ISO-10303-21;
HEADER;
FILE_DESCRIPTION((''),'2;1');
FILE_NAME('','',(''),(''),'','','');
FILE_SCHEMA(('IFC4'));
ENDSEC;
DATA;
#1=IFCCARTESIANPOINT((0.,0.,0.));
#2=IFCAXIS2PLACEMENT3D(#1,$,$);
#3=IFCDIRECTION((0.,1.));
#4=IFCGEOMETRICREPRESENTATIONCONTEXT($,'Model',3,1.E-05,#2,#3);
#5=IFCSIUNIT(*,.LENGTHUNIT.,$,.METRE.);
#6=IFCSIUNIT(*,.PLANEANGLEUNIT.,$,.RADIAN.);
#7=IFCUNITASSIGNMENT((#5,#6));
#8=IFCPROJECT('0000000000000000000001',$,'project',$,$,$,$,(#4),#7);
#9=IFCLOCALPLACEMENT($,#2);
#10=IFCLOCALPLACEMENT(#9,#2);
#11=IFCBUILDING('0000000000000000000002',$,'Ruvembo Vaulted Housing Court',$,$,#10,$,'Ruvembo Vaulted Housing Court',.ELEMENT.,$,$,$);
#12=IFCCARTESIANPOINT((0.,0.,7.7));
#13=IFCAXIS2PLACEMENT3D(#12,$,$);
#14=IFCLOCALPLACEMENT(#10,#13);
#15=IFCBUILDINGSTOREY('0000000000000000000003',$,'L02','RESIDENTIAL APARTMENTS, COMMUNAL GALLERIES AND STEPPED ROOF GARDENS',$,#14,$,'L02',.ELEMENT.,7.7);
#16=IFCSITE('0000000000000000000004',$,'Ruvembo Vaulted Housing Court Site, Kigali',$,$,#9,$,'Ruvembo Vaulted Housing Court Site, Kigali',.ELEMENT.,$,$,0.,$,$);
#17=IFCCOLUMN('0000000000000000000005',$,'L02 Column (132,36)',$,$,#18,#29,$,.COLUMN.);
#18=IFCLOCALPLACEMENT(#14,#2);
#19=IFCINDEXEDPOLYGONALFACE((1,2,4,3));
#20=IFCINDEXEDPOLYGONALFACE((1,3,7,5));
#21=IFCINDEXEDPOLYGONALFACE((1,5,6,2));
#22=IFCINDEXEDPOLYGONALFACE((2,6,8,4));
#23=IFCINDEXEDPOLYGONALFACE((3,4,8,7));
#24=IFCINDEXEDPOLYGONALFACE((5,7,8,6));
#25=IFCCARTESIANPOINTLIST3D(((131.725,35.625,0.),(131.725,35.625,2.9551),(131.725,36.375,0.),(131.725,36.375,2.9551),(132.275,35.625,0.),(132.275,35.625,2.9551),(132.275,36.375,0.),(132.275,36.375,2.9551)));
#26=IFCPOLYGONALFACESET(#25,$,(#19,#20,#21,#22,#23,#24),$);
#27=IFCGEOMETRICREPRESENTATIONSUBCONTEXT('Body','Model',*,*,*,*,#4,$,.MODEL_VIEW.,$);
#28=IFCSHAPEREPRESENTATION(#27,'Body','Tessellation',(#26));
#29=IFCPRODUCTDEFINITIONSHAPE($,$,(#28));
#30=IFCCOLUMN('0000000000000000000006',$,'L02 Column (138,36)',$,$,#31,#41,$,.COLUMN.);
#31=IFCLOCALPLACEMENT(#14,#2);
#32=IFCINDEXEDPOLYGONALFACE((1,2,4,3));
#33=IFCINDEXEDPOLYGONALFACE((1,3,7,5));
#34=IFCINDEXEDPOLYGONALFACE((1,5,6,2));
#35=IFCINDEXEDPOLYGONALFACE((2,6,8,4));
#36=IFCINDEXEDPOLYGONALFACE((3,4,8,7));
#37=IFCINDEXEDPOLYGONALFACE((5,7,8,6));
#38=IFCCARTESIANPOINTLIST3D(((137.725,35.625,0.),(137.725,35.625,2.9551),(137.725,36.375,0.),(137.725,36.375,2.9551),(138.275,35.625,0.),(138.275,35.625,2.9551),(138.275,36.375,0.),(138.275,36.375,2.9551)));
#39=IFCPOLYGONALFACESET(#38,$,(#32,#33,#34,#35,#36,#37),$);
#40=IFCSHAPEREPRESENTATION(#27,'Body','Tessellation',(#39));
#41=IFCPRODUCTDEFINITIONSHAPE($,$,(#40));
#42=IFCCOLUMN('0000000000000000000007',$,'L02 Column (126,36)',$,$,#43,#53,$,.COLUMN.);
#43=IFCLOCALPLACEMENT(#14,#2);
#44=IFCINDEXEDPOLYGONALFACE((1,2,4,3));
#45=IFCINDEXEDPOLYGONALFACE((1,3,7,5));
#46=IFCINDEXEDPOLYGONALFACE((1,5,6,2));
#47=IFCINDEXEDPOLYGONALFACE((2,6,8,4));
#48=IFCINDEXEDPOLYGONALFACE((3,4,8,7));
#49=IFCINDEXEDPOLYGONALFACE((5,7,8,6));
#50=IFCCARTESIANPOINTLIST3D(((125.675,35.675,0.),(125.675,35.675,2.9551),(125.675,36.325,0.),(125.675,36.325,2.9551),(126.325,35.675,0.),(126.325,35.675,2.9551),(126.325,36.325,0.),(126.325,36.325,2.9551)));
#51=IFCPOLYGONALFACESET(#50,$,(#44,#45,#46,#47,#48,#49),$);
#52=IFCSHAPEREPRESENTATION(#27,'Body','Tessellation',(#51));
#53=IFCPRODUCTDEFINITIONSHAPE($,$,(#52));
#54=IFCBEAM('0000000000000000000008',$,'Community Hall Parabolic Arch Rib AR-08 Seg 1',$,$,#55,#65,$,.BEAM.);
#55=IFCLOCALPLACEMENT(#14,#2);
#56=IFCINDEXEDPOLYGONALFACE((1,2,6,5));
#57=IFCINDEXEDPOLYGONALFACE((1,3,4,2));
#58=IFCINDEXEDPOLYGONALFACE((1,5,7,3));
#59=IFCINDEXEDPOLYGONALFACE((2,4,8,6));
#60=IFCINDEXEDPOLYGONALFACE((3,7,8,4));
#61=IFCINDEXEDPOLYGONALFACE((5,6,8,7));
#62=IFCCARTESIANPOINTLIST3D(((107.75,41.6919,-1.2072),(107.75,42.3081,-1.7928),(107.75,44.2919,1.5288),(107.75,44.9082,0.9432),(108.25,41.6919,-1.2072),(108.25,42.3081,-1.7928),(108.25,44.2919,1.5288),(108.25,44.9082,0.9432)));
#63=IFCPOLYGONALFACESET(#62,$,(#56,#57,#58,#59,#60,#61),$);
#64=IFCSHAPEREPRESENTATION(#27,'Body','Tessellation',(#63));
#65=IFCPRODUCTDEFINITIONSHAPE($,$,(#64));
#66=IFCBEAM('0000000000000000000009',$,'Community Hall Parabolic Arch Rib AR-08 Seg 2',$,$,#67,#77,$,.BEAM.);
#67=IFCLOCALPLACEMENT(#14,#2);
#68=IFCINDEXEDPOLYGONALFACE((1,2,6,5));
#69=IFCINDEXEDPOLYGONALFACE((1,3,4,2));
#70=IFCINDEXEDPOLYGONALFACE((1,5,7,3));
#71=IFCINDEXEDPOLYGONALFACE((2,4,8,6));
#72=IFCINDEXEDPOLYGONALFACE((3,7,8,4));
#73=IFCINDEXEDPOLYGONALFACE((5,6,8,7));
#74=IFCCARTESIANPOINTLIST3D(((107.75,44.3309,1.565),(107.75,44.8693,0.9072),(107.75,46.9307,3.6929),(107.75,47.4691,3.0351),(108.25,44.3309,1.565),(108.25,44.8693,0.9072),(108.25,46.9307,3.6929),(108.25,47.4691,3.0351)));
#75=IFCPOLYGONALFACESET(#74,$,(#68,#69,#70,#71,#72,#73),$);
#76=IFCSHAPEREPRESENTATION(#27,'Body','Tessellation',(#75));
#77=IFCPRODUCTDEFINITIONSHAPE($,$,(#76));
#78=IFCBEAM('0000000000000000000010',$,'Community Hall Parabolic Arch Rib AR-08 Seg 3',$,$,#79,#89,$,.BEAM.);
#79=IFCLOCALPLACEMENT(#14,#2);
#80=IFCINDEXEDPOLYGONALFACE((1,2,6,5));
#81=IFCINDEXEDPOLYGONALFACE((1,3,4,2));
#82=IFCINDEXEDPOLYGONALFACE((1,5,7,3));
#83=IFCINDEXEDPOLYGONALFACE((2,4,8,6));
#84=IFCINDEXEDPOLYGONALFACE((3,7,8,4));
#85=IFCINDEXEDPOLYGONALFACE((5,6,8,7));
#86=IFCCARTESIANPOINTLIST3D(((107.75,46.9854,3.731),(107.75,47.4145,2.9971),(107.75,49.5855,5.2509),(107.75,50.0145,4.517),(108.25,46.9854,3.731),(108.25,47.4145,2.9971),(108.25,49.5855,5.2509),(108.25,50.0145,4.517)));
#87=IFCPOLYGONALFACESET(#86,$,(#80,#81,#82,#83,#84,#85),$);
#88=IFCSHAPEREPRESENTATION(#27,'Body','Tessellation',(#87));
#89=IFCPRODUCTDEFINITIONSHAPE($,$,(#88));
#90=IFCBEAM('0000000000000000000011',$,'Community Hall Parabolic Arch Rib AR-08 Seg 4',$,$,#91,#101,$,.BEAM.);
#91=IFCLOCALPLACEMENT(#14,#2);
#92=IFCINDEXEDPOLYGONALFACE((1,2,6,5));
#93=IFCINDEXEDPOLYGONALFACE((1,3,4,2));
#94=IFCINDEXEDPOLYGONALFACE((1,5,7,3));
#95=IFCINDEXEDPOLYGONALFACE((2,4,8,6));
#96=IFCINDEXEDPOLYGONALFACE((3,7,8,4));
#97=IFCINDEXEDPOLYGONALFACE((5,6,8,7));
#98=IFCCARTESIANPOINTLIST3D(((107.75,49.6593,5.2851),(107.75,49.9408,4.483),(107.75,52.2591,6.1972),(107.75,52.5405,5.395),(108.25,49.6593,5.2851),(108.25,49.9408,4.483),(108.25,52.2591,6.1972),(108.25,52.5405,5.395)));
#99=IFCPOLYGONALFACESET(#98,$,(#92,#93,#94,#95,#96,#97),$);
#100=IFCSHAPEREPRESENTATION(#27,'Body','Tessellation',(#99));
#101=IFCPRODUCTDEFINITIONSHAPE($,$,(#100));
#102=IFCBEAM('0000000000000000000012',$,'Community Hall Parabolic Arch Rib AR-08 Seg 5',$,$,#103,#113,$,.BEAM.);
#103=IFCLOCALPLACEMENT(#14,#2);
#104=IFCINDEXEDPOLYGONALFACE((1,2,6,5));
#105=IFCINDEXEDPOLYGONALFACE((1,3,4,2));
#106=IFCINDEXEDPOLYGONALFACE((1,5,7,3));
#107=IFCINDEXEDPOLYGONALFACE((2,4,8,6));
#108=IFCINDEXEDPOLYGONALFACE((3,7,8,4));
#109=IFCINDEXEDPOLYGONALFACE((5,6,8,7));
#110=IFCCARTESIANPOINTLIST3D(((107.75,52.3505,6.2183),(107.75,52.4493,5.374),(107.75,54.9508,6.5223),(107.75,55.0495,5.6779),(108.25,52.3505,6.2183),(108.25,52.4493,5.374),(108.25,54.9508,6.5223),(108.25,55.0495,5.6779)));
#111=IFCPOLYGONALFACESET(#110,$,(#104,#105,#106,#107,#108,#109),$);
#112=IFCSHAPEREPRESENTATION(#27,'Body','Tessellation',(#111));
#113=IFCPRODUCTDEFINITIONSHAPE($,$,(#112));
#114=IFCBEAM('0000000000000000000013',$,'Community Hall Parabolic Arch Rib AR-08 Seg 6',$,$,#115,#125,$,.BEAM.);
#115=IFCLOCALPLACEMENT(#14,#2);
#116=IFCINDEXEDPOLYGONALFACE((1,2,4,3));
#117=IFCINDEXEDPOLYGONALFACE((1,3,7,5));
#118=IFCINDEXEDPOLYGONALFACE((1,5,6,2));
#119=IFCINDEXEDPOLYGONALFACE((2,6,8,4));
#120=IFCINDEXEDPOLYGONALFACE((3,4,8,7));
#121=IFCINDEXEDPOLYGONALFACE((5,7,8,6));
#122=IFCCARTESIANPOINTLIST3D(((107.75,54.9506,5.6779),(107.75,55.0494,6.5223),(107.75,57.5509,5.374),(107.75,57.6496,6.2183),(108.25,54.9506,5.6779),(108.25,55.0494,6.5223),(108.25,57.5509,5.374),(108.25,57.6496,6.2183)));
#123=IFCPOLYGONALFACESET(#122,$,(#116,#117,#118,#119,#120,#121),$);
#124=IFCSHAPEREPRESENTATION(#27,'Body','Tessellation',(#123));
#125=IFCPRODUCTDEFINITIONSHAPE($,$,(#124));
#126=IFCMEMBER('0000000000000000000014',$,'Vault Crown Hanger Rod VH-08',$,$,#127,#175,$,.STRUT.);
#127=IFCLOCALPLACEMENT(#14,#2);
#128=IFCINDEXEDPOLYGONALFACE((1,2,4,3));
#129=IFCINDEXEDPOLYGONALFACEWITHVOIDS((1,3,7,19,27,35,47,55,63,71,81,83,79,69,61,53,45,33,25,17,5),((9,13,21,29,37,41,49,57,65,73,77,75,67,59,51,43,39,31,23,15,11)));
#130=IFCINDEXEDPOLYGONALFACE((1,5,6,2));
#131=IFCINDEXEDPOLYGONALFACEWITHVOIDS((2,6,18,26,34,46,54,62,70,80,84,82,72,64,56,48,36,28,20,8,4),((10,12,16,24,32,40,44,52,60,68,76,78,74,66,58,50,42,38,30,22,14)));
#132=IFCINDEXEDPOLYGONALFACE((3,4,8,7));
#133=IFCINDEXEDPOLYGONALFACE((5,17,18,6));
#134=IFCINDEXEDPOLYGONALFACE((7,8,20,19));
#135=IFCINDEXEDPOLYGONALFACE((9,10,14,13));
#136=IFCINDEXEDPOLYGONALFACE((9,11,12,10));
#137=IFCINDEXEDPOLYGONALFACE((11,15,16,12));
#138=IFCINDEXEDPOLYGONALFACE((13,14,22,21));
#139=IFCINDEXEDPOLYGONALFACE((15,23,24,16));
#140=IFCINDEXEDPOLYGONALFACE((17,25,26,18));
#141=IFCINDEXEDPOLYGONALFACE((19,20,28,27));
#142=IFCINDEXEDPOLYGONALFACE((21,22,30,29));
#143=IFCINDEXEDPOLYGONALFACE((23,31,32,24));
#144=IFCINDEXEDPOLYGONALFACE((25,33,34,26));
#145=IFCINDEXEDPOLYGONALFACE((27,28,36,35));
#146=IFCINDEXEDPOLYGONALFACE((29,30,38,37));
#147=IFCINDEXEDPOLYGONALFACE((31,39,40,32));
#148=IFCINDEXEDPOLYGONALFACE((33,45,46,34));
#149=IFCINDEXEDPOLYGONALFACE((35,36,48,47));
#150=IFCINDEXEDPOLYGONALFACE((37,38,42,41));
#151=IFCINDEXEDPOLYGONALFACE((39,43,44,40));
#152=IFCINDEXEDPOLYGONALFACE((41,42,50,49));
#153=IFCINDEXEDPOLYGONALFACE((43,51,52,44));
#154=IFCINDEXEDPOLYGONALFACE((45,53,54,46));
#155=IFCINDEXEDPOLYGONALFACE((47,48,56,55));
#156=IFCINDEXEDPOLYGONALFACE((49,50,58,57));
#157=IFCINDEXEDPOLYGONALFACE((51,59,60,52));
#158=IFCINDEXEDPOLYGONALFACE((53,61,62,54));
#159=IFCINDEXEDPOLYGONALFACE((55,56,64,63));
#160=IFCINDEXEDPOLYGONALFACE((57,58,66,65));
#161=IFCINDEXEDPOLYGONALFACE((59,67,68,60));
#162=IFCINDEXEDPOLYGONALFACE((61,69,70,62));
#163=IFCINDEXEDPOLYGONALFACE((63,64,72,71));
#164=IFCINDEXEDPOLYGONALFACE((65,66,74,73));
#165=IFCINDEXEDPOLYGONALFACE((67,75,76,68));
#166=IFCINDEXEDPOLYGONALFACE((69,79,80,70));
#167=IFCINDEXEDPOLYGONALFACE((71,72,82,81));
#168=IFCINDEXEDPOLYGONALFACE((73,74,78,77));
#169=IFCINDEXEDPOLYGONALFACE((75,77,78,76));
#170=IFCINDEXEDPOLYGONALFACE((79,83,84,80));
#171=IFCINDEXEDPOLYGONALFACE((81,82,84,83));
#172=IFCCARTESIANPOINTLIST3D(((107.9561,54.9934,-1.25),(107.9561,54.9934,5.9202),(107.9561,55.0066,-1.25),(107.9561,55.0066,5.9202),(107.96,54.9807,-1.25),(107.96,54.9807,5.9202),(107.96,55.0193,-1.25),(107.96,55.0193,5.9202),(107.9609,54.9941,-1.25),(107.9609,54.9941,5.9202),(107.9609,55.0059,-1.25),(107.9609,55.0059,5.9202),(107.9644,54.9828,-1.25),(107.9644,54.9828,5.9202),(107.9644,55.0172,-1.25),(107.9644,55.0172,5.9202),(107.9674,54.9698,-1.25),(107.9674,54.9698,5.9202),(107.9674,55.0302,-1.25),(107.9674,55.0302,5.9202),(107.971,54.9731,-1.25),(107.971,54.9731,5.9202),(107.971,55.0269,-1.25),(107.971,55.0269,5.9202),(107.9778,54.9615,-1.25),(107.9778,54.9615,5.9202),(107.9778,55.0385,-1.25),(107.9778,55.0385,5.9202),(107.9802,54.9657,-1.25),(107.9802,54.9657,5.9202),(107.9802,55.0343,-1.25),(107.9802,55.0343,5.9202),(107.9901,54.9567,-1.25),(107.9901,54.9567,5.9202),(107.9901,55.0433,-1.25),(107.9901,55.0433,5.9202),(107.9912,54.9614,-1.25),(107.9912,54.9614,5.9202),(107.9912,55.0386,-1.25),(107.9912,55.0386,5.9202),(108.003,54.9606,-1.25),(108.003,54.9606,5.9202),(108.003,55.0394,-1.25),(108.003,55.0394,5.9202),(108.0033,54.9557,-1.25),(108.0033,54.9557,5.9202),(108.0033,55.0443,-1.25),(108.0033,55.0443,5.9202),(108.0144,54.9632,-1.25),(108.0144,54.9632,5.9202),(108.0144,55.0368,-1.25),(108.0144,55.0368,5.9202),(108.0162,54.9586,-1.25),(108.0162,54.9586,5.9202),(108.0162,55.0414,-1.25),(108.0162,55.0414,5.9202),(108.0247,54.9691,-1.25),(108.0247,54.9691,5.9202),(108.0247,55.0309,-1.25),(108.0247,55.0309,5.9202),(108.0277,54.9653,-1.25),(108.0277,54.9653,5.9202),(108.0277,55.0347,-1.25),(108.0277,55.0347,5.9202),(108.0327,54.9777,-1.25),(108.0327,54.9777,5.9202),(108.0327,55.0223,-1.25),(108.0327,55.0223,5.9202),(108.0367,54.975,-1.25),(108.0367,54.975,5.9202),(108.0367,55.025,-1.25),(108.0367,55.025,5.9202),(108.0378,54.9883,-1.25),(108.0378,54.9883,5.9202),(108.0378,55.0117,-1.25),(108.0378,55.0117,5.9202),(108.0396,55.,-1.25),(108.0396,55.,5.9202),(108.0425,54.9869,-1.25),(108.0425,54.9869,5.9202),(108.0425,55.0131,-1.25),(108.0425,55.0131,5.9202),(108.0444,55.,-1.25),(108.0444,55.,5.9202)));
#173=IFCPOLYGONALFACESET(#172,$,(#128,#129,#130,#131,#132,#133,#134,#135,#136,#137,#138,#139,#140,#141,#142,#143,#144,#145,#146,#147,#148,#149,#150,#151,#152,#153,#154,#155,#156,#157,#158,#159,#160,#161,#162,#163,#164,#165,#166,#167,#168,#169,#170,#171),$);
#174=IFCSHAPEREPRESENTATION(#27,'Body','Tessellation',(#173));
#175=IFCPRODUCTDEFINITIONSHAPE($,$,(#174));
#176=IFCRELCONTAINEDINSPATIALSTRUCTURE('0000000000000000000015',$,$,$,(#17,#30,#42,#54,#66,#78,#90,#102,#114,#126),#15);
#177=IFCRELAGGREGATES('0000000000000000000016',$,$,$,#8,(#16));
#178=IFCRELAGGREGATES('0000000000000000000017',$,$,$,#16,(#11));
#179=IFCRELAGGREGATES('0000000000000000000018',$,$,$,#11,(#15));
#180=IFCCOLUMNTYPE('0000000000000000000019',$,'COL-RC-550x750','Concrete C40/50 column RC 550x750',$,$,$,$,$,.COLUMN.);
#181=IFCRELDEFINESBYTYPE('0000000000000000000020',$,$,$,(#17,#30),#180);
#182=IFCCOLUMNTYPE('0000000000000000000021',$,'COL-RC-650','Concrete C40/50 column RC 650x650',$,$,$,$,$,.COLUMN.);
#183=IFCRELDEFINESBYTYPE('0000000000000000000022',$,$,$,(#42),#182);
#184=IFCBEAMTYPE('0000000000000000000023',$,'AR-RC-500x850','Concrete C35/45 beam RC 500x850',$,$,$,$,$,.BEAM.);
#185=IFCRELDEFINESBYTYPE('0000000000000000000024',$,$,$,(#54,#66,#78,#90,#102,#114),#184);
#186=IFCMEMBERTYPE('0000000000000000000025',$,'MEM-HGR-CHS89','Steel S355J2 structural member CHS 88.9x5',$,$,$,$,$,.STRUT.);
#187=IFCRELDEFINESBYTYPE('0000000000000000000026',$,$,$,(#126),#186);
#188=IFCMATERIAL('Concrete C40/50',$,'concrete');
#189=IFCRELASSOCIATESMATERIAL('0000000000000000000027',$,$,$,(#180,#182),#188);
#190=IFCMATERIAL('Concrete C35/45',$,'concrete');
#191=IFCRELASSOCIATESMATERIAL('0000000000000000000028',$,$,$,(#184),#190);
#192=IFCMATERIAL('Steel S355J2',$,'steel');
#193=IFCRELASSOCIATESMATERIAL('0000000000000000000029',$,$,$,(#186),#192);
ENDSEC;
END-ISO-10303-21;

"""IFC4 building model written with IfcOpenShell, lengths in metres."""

from ifc_helpers import new_model, si_unit, direction, frame, origin, origin_2d, place, context, subcontext, project, spatial, rectangle, hollow_circle, extrude, material, material_profile, profile_set, type_object, element, save


model = new_model("IFC4")

# Units and contexts
model_context = context("Model", 3, precision=1e-05, world=origin(), true_north=direction((0.0, 1.0)))
body_context = subcontext(model_context, "Body", "Model", "MODEL_VIEW")
ifc_project = project(units=[si_unit("LENGTHUNIT", "METRE"), si_unit("PLANEANGLEUNIT", "RADIAN")], contexts=[model_context])

# Site, building, storey
site_placement = place(None, origin())
site = spatial("IfcSite", under=ifc_project, at=site_placement, Name="Ruvembo Vaulted Housing Court Site, Kigali", LongName="Ruvembo Vaulted Housing Court Site, Kigali", CompositionType="ELEMENT", RefElevation=0.0)
building_placement = place(site_placement, origin())
building = spatial("IfcBuilding", under=site, at=building_placement, Name="Ruvembo Vaulted Housing Court", LongName="Ruvembo Vaulted Housing Court", CompositionType="ELEMENT")
storey_placement = place(building_placement, frame((0.0, 0.0, 7.7)))
storey = spatial("IfcBuildingStorey", under=building, at=storey_placement, Name="L02", Description="RESIDENTIAL APARTMENTS, COMMUNAL GALLERIES AND STEPPED ROOF GARDENS", LongName="L02", CompositionType="ELEMENT", Elevation=7.7)

# Columns
ifc_material_1 = material(Name="Concrete C40/50", Category="concrete")
ifc_material_profile_1 = material_profile(ifc_material_1, rectangle(XDim=0.55, YDim=0.75, at=origin_2d()), Name="RC 550x750")
ifc_profile_set_1 = profile_set([ifc_material_profile_1], Name="Concrete C40/50")
column_type_1 = type_object("IfcColumnType", Name="COL-RC-550x750", Description="Concrete C40/50 column RC 550x750", PredefinedType="COLUMN", material=ifc_profile_set_1)
for number, where, z_axis, x_axis, name in (
    (1, (132.0, 36.0, 0.0), (0.0, 0.0, 1.0), (1.0, 0.0, 0.0), "L02 Column (132,36)"),
    (2, (138.0, 36.0, 0.0), (0.0, 0.0, 1.0), (1.0, 0.0, 0.0), "L02 Column (138,36)"),
):
    element("IfcColumn", number, at=place(storey_placement, frame(where, z_axis=z_axis, x_axis=x_axis)), inside=storey, type_object=column_type_1, Name=name, PredefinedType="COLUMN", context=body_context, shape_type="SweptSolid", body=[
        extrude(rectangle(XDim=0.55, YDim=0.75, at=origin_2d()), origin(), (0.0, 0.0, 1.0), 2.9551),
    ])
ifc_material_profile_2 = material_profile(ifc_material_1, rectangle(XDim=0.6499, YDim=0.6499, at=origin_2d()), Name="RC 650x650")
ifc_profile_set_2 = profile_set([ifc_material_profile_2], Name="Concrete C40/50")
column_type_2 = type_object("IfcColumnType", Name="COL-RC-650", Description="Concrete C40/50 column RC 650x650", PredefinedType="COLUMN", material=ifc_profile_set_2)
column_placement = place(storey_placement, frame((126.0, 36.0, 0.0), z_axis=(0.0, 0.0, 1.0), x_axis=(1.0, 0.0, 0.0)))
element("IfcColumn", 3, at=column_placement, inside=storey, type_object=column_type_2, Name="L02 Column (126,36)", PredefinedType="COLUMN", context=body_context, shape_type="SweptSolid", body=[
    extrude(rectangle(XDim=0.6499, YDim=0.6499, at=origin_2d()), origin(), (0.0, 0.0, 1.0), 2.9551),
])

# Beams
ifc_material_2 = material(Name="Concrete C35/45", Category="concrete")
ifc_material_profile_3 = material_profile(ifc_material_2, rectangle(XDim=0.5, YDim=0.8501, at=origin_2d()), Name="RC 500x850")
ifc_profile_set_3 = profile_set([ifc_material_profile_3], Name="Concrete C35/45")
beam_type_1 = type_object("IfcBeamType", Name="AR-RC-500x850", Description="Concrete C35/45 beam RC 500x850", PredefinedType="BEAM", material=ifc_profile_set_3)
beam_1_placement = place(storey_placement, frame((108.0, 42.0, -1.5), z_axis=(0.0, 0.688863, 0.724891), x_axis=(-1.0, 0.0, 0.0)))
element("IfcBeam", 4, at=beam_1_placement, inside=storey, type_object=beam_type_1, Name="Community Hall Parabolic Arch Rib AR-08 Seg 1", PredefinedType="BEAM", context=body_context, shape_type="SweptSolid", body=[
    extrude(rectangle(XDim=0.5, YDim=0.8501, at=origin_2d()), origin(), (0.0, 0.0, 1.0), 3.7744),
])
beam_2_placement = place(storey_placement, frame((108.0, 44.6001, 1.2361), z_axis=(0.0, 0.773844, 0.633376), x_axis=(-1.0, 0.0, 0.0)))
element("IfcBeam", 5, at=beam_2_placement, inside=storey, type_object=beam_type_1, Name="Community Hall Parabolic Arch Rib AR-08 Seg 2", PredefinedType="BEAM", context=body_context, shape_type="SweptSolid", body=[
    extrude(rectangle(XDim=0.5, YDim=0.8501, at=origin_2d()), origin(), (0.0, 0.0, 1.0), 3.3596),
])
beam_3_placement = place(storey_placement, frame((108.0, 47.2, 3.364), z_axis=(0.0, 0.863302, 0.504687), x_axis=(-1.0, 0.0, 0.0)))
element("IfcBeam", 6, at=beam_3_placement, inside=storey, type_object=beam_type_1, Name="Community Hall Parabolic Arch Rib AR-08 Seg 3", PredefinedType="BEAM", context=body_context, shape_type="SweptSolid", body=[
    extrude(rectangle(XDim=0.5, YDim=0.8501, at=origin_2d()), origin(), (0.0, 0.0, 1.0), 3.0117),
])
beam_4_placement = place(storey_placement, frame((108.0, 49.8, 4.884), z_axis=(0.0, 0.943614, 0.331049), x_axis=(-1.0, 0.0, 0.0)))
element("IfcBeam", 7, at=beam_4_placement, inside=storey, type_object=beam_type_1, Name="Community Hall Parabolic Arch Rib AR-08 Seg 4", PredefinedType="BEAM", context=body_context, shape_type="SweptSolid", body=[
    extrude(rectangle(XDim=0.5, YDim=0.8501, at=origin_2d()), origin(), (0.0, 0.0, 1.0), 2.7551),
])
for number, where, z_axis, x_axis, name in (
    (8, (108.0, 52.3999, 5.7961), (0.0, 0.993236, 0.116111), (-1.0, 0.0, 0.0), "Community Hall Parabolic Arch Rib AR-08 Seg 5"),
    (9, (108.0, 55.0, 6.1001), (0.0, 0.993236, -0.116111), (-1.0, 0.0, 0.0), "Community Hall Parabolic Arch Rib AR-08 Seg 6"),
):
    element("IfcBeam", number, at=place(storey_placement, frame(where, z_axis=z_axis, x_axis=x_axis)), inside=storey, type_object=beam_type_1, Name=name, PredefinedType="BEAM", context=body_context, shape_type="SweptSolid", body=[
        extrude(rectangle(XDim=0.5, YDim=0.8501, at=origin_2d()), origin(), (0.0, 0.0, 1.0), 2.6179),
    ])

# Member
ifc_material_3 = material(Name="Steel S355J2", Category="steel")
ifc_material_profile_4 = material_profile(ifc_material_3, hollow_circle(Radius=0.0444, WallThickness=0.0049, at=origin_2d()), Name="CHS 88.9x5")
ifc_profile_set_4 = profile_set([ifc_material_profile_4], Name="Steel S355J2")
member_type_1 = type_object("IfcMemberType", Name="MEM-HGR-CHS89", Description="Steel S355J2 structural member CHS 88.9x5", PredefinedType="STRUT", material=ifc_profile_set_4)
member_1_placement = place(storey_placement, frame((108.0, 55.0, -1.25), z_axis=(0.0, 0.0, 1.0), x_axis=(1.0, 0.0, 0.0)))
element("IfcMember", 10, at=member_1_placement, inside=storey, type_object=member_type_1, Name="Vault Crown Hanger Rod VH-08", PredefinedType="STRUT", context=body_context, shape_type="SweptSolid", body=[
    extrude(hollow_circle(Radius=0.0444, WallThickness=0.0049, at=origin_2d()), origin(), (0.0, 0.0, 1.0), 7.1702),
])

save(model, "model.ifc")
